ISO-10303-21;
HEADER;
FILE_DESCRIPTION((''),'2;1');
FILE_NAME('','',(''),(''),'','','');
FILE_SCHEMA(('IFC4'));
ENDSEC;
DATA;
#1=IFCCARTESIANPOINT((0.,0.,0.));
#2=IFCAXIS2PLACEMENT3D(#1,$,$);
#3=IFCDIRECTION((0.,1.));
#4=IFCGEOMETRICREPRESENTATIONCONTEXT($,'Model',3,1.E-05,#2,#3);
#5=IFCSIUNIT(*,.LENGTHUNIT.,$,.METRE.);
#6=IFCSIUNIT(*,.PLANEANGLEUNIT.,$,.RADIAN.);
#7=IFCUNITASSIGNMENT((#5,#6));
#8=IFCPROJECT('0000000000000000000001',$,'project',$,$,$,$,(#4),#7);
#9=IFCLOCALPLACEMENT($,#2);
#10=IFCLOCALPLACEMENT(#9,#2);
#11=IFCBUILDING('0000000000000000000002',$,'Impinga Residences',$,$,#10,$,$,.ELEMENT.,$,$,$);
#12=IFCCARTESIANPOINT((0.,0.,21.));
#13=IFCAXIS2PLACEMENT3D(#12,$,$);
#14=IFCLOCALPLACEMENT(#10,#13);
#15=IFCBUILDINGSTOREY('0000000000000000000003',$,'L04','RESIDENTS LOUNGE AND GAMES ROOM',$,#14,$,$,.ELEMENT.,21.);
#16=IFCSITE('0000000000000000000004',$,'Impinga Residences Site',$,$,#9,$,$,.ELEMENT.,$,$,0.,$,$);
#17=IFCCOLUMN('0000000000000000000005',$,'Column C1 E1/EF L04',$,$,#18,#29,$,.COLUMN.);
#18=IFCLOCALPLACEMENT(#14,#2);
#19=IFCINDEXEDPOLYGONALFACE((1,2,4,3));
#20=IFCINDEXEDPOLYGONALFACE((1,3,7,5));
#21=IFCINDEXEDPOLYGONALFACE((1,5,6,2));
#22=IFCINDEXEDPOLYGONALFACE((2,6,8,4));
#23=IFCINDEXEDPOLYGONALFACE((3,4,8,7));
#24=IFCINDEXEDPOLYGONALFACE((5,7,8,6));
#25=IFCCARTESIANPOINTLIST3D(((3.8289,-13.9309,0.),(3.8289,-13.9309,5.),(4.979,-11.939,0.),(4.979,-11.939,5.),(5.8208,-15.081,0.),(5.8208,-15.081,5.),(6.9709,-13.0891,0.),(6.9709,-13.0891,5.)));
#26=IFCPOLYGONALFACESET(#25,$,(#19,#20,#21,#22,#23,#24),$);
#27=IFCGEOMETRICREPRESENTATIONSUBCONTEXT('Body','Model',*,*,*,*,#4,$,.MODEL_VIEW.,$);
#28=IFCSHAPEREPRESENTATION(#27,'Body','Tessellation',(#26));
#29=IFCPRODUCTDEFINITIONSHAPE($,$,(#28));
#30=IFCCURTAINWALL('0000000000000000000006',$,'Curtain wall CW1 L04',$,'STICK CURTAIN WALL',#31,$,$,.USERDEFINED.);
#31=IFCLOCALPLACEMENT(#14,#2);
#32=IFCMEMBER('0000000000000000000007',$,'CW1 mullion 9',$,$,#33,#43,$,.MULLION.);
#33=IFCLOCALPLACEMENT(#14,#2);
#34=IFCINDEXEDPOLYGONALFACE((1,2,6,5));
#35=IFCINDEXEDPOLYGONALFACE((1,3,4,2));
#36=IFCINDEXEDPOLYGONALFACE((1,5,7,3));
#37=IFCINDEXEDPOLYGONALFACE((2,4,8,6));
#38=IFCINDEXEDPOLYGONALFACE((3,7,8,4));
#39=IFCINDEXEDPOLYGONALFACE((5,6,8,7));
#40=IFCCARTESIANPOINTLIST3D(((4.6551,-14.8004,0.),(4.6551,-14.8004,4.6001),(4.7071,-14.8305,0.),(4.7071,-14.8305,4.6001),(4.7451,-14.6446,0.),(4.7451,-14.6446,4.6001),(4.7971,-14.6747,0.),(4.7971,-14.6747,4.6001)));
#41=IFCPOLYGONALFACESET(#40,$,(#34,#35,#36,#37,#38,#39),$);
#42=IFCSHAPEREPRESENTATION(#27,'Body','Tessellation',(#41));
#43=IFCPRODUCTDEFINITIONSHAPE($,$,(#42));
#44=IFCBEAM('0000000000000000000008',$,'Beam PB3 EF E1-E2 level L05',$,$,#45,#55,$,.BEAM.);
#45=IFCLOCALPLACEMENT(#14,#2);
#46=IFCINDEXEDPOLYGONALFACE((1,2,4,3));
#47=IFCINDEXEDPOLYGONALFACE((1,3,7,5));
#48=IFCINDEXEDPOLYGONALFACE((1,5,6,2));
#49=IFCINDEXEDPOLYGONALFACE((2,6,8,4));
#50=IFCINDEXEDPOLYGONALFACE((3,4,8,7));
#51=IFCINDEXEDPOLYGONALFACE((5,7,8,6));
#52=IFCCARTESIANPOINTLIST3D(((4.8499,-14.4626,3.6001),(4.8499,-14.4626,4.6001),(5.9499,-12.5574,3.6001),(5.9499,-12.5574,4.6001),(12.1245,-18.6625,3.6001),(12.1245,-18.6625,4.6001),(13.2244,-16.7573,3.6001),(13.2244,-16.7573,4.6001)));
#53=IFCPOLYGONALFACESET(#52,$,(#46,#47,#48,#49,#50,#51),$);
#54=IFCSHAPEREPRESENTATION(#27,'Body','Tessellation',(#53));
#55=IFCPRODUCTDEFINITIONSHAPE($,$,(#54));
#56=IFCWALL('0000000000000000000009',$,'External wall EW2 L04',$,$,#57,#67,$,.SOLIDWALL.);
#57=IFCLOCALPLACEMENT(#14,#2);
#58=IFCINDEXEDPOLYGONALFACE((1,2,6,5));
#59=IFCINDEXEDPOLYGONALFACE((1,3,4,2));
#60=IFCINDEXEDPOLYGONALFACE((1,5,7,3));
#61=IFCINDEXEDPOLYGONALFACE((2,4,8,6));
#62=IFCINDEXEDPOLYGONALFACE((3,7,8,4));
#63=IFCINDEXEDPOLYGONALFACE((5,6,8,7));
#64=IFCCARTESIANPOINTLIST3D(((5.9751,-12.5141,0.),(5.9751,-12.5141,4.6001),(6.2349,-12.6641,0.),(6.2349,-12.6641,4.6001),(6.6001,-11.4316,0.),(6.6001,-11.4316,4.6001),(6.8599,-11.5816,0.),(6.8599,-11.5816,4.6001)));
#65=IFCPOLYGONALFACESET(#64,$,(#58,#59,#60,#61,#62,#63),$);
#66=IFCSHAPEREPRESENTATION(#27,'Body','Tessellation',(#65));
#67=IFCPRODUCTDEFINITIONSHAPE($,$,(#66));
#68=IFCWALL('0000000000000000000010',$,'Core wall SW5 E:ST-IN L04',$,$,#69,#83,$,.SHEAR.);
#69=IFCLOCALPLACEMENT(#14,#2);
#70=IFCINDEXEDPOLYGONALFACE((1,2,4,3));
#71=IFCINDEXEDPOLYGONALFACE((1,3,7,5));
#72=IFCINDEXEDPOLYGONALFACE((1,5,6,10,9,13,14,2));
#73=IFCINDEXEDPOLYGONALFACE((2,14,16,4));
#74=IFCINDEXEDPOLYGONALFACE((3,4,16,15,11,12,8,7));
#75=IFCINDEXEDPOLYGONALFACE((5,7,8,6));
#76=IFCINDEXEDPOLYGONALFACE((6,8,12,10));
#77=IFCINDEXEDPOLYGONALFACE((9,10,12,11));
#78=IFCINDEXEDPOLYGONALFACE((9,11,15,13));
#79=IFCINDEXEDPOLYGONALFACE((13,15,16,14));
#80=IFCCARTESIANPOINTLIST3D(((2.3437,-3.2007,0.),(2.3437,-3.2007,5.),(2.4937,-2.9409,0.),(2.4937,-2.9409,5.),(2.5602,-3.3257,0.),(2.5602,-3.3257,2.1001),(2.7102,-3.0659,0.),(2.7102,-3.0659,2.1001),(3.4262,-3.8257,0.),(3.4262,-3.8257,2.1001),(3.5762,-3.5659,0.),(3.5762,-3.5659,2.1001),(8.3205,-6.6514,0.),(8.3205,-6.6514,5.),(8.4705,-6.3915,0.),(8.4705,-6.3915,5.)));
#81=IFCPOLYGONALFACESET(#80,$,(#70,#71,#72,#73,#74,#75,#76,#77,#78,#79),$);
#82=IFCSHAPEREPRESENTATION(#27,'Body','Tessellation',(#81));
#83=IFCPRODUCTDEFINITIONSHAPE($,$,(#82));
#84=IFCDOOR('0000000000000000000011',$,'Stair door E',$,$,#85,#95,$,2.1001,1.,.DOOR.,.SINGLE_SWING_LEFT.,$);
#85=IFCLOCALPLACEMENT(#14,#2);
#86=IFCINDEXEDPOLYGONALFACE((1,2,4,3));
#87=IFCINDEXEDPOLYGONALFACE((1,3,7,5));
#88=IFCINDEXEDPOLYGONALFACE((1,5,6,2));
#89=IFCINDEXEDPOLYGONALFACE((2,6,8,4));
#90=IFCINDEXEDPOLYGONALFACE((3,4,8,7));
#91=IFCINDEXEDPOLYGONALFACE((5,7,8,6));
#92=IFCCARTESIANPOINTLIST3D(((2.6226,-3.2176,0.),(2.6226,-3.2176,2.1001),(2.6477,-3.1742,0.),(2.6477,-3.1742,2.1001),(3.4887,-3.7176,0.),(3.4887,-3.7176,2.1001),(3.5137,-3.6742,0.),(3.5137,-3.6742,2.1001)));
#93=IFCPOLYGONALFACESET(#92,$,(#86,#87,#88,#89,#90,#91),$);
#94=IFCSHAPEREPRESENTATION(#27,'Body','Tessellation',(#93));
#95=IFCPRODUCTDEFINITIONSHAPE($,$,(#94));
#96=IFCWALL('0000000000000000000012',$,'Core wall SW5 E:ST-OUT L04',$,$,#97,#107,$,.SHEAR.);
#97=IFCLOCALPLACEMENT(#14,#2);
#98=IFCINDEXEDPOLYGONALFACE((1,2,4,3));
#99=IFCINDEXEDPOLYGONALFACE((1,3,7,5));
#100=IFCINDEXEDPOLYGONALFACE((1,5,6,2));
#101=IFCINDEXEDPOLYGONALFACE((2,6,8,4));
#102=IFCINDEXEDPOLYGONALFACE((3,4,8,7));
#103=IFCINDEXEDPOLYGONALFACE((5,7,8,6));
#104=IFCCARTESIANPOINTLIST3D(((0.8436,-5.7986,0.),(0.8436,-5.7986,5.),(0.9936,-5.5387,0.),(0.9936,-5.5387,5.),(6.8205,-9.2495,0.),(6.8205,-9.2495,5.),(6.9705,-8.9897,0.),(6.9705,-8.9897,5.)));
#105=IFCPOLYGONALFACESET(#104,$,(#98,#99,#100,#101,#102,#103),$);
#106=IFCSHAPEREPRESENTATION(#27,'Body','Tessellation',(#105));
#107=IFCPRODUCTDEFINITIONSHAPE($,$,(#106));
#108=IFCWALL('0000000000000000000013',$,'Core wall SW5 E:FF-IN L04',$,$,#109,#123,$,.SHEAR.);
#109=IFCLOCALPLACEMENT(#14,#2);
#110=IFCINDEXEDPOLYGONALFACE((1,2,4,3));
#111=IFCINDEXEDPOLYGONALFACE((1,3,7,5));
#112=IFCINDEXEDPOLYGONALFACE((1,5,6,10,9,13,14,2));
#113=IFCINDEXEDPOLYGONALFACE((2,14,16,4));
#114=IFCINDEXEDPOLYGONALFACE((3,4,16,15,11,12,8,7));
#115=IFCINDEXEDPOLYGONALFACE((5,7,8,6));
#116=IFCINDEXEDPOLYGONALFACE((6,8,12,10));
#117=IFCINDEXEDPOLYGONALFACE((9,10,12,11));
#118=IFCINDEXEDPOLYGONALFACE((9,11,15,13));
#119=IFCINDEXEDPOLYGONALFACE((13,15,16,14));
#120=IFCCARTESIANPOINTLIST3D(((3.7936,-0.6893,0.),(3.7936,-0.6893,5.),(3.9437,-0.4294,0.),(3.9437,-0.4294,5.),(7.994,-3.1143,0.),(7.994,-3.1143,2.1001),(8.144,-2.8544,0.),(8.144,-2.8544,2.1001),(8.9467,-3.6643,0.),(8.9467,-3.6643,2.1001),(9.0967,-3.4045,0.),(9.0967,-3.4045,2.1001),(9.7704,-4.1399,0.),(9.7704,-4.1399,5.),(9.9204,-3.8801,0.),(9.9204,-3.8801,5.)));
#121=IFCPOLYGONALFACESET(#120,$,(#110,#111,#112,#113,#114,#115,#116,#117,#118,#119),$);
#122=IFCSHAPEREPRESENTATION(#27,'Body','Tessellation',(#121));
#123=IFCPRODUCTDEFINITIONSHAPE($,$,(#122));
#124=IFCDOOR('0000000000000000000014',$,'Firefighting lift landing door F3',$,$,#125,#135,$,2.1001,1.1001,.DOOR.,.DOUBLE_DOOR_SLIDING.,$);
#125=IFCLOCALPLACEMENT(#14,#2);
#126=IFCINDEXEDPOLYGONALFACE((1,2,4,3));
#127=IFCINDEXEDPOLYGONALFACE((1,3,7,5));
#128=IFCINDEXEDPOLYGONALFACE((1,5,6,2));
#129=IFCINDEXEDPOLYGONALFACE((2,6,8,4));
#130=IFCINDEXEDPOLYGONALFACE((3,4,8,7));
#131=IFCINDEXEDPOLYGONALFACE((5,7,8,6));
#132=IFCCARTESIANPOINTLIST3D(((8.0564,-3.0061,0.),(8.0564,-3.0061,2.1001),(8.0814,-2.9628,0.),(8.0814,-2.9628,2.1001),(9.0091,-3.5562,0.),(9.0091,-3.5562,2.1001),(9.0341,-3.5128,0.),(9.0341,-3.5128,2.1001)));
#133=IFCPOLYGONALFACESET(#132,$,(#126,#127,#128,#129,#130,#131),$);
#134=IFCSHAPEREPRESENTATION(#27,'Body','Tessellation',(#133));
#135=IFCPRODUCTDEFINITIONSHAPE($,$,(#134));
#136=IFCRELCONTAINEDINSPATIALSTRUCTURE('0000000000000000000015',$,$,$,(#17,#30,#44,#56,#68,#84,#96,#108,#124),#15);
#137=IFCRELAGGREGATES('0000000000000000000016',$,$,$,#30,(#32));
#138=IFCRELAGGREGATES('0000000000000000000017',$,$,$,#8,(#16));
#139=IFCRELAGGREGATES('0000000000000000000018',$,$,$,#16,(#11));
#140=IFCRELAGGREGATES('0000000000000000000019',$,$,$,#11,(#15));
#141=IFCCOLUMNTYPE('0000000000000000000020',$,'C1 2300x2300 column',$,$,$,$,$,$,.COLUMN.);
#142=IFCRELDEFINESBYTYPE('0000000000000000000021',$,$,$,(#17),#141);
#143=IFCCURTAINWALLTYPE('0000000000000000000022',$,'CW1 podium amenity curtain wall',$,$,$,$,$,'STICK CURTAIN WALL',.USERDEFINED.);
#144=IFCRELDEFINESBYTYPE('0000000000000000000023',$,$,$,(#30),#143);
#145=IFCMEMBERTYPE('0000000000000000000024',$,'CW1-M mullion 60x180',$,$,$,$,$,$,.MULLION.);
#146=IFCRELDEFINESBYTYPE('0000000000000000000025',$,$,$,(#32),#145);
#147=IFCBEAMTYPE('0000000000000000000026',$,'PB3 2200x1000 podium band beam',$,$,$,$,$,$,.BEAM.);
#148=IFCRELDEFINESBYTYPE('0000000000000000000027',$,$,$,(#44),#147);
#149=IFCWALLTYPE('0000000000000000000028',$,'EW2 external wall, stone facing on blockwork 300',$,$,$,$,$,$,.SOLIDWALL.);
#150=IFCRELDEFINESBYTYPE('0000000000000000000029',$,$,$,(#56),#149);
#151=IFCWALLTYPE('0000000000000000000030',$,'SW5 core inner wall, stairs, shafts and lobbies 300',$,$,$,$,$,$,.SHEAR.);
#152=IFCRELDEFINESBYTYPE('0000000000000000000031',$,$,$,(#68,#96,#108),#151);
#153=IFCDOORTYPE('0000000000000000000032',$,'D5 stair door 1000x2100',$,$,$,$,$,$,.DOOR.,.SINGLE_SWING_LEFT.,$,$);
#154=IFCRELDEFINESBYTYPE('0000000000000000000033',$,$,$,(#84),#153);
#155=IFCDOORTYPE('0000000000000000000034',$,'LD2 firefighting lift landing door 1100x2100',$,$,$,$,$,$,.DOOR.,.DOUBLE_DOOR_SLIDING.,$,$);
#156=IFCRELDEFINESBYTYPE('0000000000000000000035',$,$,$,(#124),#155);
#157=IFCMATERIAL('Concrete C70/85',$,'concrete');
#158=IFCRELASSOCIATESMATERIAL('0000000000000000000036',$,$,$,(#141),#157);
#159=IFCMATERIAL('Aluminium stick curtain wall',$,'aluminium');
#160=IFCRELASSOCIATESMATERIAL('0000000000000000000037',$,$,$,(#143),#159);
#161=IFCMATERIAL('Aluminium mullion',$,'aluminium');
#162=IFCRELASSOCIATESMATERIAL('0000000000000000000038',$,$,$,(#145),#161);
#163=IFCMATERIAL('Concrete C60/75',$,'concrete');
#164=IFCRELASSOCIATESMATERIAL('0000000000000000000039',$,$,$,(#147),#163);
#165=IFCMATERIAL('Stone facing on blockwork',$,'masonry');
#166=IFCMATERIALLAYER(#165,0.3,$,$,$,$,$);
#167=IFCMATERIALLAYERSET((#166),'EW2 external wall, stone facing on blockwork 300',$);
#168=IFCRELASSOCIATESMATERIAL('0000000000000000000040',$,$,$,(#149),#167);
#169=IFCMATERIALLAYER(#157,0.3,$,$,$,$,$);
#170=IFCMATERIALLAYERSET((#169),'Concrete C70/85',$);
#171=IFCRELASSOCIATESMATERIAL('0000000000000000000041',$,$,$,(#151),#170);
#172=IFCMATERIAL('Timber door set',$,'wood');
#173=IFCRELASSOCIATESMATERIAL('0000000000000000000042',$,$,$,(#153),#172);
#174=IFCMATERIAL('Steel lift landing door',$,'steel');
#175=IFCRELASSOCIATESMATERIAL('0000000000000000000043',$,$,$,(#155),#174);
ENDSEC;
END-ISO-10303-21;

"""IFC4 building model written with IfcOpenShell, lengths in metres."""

from ifc_helpers import new_model, si_unit, direction, frame, frame_2d, origin, origin_2d, place, context, subcontext, project, spatial, rectangle, extrude, material, layer, layer_set, material_profile, profile_set, type_object, element, fill, aggregate, save


model = new_model("IFC4")

# Units and contexts
model_context = context("Model", 3, precision=1e-05, world=origin(), true_north=direction((0.0, 1.0)))
body_context = subcontext(model_context, "Body", "Model", "MODEL_VIEW")
ifc_project = project(units=[si_unit("LENGTHUNIT", "METRE"), si_unit("PLANEANGLEUNIT", "RADIAN")], contexts=[model_context])

# Site, building, storey
site_placement = place(None, origin())
site = spatial("IfcSite", under=ifc_project, at=site_placement, Name="Impinga Residences Site", CompositionType="ELEMENT", RefElevation=0.0)
building_placement = place(site_placement, origin())
building = spatial("IfcBuilding", under=site, at=building_placement, Name="Impinga Residences", CompositionType="ELEMENT")
storey_placement = place(building_placement, frame((0.0, 0.0, 21.0)))
storey = spatial("IfcBuildingStorey", under=building, at=storey_placement, Name="L04", Description="RESIDENTS LOUNGE AND GAMES ROOM", CompositionType="ELEMENT", Elevation=21.0)

# Column
ifc_material_1 = material(Name="Concrete C70/85", Category="concrete")
ifc_material_profile_1 = material_profile(ifc_material_1, rectangle(XDim=2.3, YDim=2.3, at=origin_2d()), Name="RC 2300x2300")
ifc_profile_set_1 = profile_set([ifc_material_profile_1], Name="Concrete C70/85")
column_type = type_object("IfcColumnType", Name="C1 2300x2300 column", PredefinedType="COLUMN", material=ifc_profile_set_1)
column_placement = place(storey_placement, frame((5.3999, -13.51, 0.0), z_axis=(0.0, 0.0, 1.0), x_axis=(-0.5, -0.866025, 0.0)))
element("IfcColumn", 1, at=column_placement, inside=storey, type_object=column_type, Name="Column C1 E1/EF L04", PredefinedType="COLUMN", context=body_context, shape_type="SweptSolid", body=[
    extrude(rectangle(XDim=2.3, YDim=2.3, at=origin_2d()), origin(), (0.0, 0.0, 1.0), 5.0),
])

# Curtain wall, member
ifc_material_2 = material(Name="Aluminium stick curtain wall", Category="aluminium")
curtain_wall_type = type_object("IfcCurtainWallType", Name="CW1 podium amenity curtain wall", ElementType="STICK CURTAIN WALL", PredefinedType="USERDEFINED", material=ifc_material_2)
curtain_wall_placement = place(storey_placement, origin())
curtain_wall = element("IfcCurtainWall", 2, at=curtain_wall_placement, inside=storey, type_object=curtain_wall_type, Name="Curtain wall CW1 L04", ObjectType="STICK CURTAIN WALL", PredefinedType="USERDEFINED")
ifc_material_3 = material(Name="Aluminium mullion", Category="aluminium")
ifc_material_profile_2 = material_profile(ifc_material_3, rectangle(XDim=0.0601, YDim=0.1799, at=origin_2d()), Name="60x180 mullion")
ifc_profile_set_2 = profile_set([ifc_material_profile_2], Name="Aluminium mullion")
member_type = type_object("IfcMemberType", Name="CW1-M mullion 60x180", PredefinedType="MULLION", material=ifc_profile_set_2)
member_placement = place(storey_placement, frame((4.7261, -14.7375, 0.0), z_axis=(0.0, 0.0, 1.0), x_axis=(-0.866025, 0.5, 0.0)))
member = element("IfcMember", 3, at=member_placement, type_object=member_type, Name="CW1 mullion 9", PredefinedType="MULLION", context=body_context, shape_type="SweptSolid", body=[
    extrude(rectangle(XDim=0.0601, YDim=0.1799, at=origin_2d()), origin(), (0.0, 0.0, 1.0), 4.6001),
])
aggregate(curtain_wall, [member])

# Beam
ifc_material_4 = material(Name="Concrete C60/75", Category="concrete")
ifc_material_profile_3 = material_profile(ifc_material_4, rectangle(XDim=2.2, YDim=1.0, at=origin_2d()), Name="RC 2200x1000")
ifc_profile_set_3 = profile_set([ifc_material_profile_3], Name="Concrete C60/75")
beam_type = type_object("IfcBeamType", Name="PB3 2200x1000 podium band beam", PredefinedType="BEAM", material=ifc_profile_set_3)
beam_placement = place(storey_placement, frame((5.3999, -13.51, 4.1001), z_axis=(0.866029, -0.499993, 0.0), x_axis=(0.499993, 0.866029, 0.0)))
element("IfcBeam", 4, at=beam_placement, inside=storey, type_object=beam_type, Name="Beam PB3 EF E1-E2 level L05", PredefinedType="BEAM", context=body_context, shape_type="SweptSolid", body=[
    extrude(rectangle(XDim=2.2, YDim=1.0, at=origin_2d()), origin(), (0.0, 0.0, 1.0), 8.3999),
])

# Wall
ifc_material_5 = material(Name="Stone facing on blockwork", Category="masonry")
ifc_layer_1 = layer(ifc_material_5, 0.3)
ifc_layer_set_1 = layer_set([ifc_layer_1], Name="EW2 external wall, stone facing on blockwork 300")
wall_type_1 = type_object("IfcWallType", Name="EW2 external wall, stone facing on blockwork 300", PredefinedType="SOLIDWALL", material=ifc_layer_set_1)
wall_1_placement = place(storey_placement, frame((6.105, -12.5891, 0.0), z_axis=(0.0, 0.0, 1.0), x_axis=(0.500004, 0.866023, 0.0)))
element("IfcWall", 5, at=wall_1_placement, inside=storey, type_object=wall_type_1, Name="External wall EW2 L04", PredefinedType="SOLIDWALL", context=body_context, shape_type="SweptSolid", body=[
    extrude(rectangle(XDim=1.25, YDim=0.3, at=frame_2d((0.625, 0.0))), origin(), (0.0, 0.0, 1.0), 4.6001),
])

# Wall, opening, door
ifc_layer_2 = layer(ifc_material_1, 0.3)
ifc_layer_set_2 = layer_set([ifc_layer_2], Name="Concrete C70/85")
wall_type_2 = type_object("IfcWallType", Name="SW5 core inner wall, stairs, shafts and lobbies 300", PredefinedType="SHEAR", material=ifc_layer_set_2)
wall_2_placement = place(storey_placement, frame((2.4187, -3.0708, 0.0), z_axis=(0.0, 0.0, 1.0), x_axis=(0.866027, -0.499997, 0.0)))
wall_2 = element("IfcWall", 6, at=wall_2_placement, inside=storey, type_object=wall_type_2, Name="Core wall SW5 E:ST-IN L04", PredefinedType="SHEAR", context=body_context, shape_type="SweptSolid", body=[
    extrude(rectangle(XDim=6.9014, YDim=0.3, at=frame_2d((3.4507, 0.0))), origin(), (0.0, 0.0, 1.0), 5.0),
])
opening_1_placement = place(wall_2_placement, frame((0.25, 0.0, 0.0)))
opening_1 = element("IfcOpeningElement", 7, at=opening_1_placement, cuts=wall_2, PredefinedType="OPENING", context=body_context, shape_type="SweptSolid", body=[
    extrude(rectangle(XDim=1.0, YDim=2.1001, at=frame_2d((0.5, 1.05))), frame((0.0, 0.1599, 0.0), z_axis=(0.0, -1.0, 0.0), x_axis=(1.0, 0.0, 0.0)), (0.0, 0.0, 1.0), 0.3201),
])
ifc_material_6 = material(Name="Timber door set", Category="wood")
door_type_1 = type_object("IfcDoorType", Name="D5 stair door 1000x2100", OperationType="SINGLE_SWING_LEFT", PredefinedType="DOOR", material=ifc_material_6)
door_1_placement = place(opening_1_placement, origin())
door_1 = element("IfcDoor", 8, at=door_1_placement, inside=storey, type_object=door_type_1, Name="Stair door E", OperationType="SINGLE_SWING_LEFT", OverallHeight=2.1001, OverallWidth=1.0, PredefinedType="DOOR", context=body_context, shape_type="SweptSolid", body=[
    extrude(rectangle(XDim=1.0, YDim=2.1001, at=frame_2d((0.5, 1.05))), frame((0.0, 0.0249, 0.0), z_axis=(0.0, -1.0, 0.0), x_axis=(1.0, 0.0, 0.0)), (0.0, 0.0, 1.0), 0.05),
])
fill(opening_1, door_1)

# Wall
wall_3_placement = place(storey_placement, frame((0.9187, -5.6687, 0.0), z_axis=(0.0, 0.0, 1.0), x_axis=(0.866012, -0.500024, 0.0)))
element("IfcWall", 9, at=wall_3_placement, inside=storey, type_object=wall_type_2, Name="Core wall SW5 E:ST-OUT L04", PredefinedType="SHEAR", context=body_context, shape_type="SweptSolid", body=[
    extrude(rectangle(XDim=6.9016, YDim=0.3, at=frame_2d((3.4507, 0.0))), origin(), (0.0, 0.0, 1.0), 5.0),
])

# Wall, opening, door
wall_4_placement = place(storey_placement, frame((3.8687, -0.5593, 0.0), z_axis=(0.0, 0.0, 1.0), x_axis=(0.866027, -0.499997, 0.0)))
wall_4 = element("IfcWall", 10, at=wall_4_placement, inside=storey, type_object=wall_type_2, Name="Core wall SW5 E:FF-IN L04", PredefinedType="SHEAR", context=body_context, shape_type="SweptSolid", body=[
    extrude(rectangle(XDim=6.9014, YDim=0.3, at=frame_2d((3.4507, 0.0))), origin(), (0.0, 0.0, 1.0), 5.0),
])
opening_2_placement = place(wall_4_placement, frame((4.8501, 0.0, 0.0)))
opening_2 = element("IfcOpeningElement", 11, at=opening_2_placement, cuts=wall_4, PredefinedType="OPENING", context=body_context, shape_type="SweptSolid", body=[
    extrude(rectangle(XDim=1.1001, YDim=2.1001, at=frame_2d((0.55, 1.05))), frame((0.0, 0.1599, 0.0), z_axis=(0.0, -1.0, 0.0), x_axis=(1.0, 0.0, 0.0)), (0.0, 0.0, 1.0), 0.3201),
])
ifc_material_7 = material(Name="Steel lift landing door", Category="steel")
door_type_2 = type_object("IfcDoorType", Name="LD2 firefighting lift landing door 1100x2100", OperationType="DOUBLE_DOOR_SLIDING", PredefinedType="DOOR", material=ifc_material_7)
door_2_placement = place(opening_2_placement, origin())
door_2 = element("IfcDoor", 12, at=door_2_placement, inside=storey, type_object=door_type_2, Name="Firefighting lift landing door F3", OperationType="DOUBLE_DOOR_SLIDING", OverallHeight=2.1001, OverallWidth=1.1001, PredefinedType="DOOR", context=body_context, shape_type="SweptSolid", body=[
    extrude(rectangle(XDim=1.1001, YDim=2.1001, at=frame_2d((0.55, 1.05))), frame((0.0, 0.0249, 0.0), z_axis=(0.0, -1.0, 0.0), x_axis=(1.0, 0.0, 0.0)), (0.0, 0.0, 1.0), 0.05),
])
fill(opening_2, door_2)

save(model, "model.ifc")
